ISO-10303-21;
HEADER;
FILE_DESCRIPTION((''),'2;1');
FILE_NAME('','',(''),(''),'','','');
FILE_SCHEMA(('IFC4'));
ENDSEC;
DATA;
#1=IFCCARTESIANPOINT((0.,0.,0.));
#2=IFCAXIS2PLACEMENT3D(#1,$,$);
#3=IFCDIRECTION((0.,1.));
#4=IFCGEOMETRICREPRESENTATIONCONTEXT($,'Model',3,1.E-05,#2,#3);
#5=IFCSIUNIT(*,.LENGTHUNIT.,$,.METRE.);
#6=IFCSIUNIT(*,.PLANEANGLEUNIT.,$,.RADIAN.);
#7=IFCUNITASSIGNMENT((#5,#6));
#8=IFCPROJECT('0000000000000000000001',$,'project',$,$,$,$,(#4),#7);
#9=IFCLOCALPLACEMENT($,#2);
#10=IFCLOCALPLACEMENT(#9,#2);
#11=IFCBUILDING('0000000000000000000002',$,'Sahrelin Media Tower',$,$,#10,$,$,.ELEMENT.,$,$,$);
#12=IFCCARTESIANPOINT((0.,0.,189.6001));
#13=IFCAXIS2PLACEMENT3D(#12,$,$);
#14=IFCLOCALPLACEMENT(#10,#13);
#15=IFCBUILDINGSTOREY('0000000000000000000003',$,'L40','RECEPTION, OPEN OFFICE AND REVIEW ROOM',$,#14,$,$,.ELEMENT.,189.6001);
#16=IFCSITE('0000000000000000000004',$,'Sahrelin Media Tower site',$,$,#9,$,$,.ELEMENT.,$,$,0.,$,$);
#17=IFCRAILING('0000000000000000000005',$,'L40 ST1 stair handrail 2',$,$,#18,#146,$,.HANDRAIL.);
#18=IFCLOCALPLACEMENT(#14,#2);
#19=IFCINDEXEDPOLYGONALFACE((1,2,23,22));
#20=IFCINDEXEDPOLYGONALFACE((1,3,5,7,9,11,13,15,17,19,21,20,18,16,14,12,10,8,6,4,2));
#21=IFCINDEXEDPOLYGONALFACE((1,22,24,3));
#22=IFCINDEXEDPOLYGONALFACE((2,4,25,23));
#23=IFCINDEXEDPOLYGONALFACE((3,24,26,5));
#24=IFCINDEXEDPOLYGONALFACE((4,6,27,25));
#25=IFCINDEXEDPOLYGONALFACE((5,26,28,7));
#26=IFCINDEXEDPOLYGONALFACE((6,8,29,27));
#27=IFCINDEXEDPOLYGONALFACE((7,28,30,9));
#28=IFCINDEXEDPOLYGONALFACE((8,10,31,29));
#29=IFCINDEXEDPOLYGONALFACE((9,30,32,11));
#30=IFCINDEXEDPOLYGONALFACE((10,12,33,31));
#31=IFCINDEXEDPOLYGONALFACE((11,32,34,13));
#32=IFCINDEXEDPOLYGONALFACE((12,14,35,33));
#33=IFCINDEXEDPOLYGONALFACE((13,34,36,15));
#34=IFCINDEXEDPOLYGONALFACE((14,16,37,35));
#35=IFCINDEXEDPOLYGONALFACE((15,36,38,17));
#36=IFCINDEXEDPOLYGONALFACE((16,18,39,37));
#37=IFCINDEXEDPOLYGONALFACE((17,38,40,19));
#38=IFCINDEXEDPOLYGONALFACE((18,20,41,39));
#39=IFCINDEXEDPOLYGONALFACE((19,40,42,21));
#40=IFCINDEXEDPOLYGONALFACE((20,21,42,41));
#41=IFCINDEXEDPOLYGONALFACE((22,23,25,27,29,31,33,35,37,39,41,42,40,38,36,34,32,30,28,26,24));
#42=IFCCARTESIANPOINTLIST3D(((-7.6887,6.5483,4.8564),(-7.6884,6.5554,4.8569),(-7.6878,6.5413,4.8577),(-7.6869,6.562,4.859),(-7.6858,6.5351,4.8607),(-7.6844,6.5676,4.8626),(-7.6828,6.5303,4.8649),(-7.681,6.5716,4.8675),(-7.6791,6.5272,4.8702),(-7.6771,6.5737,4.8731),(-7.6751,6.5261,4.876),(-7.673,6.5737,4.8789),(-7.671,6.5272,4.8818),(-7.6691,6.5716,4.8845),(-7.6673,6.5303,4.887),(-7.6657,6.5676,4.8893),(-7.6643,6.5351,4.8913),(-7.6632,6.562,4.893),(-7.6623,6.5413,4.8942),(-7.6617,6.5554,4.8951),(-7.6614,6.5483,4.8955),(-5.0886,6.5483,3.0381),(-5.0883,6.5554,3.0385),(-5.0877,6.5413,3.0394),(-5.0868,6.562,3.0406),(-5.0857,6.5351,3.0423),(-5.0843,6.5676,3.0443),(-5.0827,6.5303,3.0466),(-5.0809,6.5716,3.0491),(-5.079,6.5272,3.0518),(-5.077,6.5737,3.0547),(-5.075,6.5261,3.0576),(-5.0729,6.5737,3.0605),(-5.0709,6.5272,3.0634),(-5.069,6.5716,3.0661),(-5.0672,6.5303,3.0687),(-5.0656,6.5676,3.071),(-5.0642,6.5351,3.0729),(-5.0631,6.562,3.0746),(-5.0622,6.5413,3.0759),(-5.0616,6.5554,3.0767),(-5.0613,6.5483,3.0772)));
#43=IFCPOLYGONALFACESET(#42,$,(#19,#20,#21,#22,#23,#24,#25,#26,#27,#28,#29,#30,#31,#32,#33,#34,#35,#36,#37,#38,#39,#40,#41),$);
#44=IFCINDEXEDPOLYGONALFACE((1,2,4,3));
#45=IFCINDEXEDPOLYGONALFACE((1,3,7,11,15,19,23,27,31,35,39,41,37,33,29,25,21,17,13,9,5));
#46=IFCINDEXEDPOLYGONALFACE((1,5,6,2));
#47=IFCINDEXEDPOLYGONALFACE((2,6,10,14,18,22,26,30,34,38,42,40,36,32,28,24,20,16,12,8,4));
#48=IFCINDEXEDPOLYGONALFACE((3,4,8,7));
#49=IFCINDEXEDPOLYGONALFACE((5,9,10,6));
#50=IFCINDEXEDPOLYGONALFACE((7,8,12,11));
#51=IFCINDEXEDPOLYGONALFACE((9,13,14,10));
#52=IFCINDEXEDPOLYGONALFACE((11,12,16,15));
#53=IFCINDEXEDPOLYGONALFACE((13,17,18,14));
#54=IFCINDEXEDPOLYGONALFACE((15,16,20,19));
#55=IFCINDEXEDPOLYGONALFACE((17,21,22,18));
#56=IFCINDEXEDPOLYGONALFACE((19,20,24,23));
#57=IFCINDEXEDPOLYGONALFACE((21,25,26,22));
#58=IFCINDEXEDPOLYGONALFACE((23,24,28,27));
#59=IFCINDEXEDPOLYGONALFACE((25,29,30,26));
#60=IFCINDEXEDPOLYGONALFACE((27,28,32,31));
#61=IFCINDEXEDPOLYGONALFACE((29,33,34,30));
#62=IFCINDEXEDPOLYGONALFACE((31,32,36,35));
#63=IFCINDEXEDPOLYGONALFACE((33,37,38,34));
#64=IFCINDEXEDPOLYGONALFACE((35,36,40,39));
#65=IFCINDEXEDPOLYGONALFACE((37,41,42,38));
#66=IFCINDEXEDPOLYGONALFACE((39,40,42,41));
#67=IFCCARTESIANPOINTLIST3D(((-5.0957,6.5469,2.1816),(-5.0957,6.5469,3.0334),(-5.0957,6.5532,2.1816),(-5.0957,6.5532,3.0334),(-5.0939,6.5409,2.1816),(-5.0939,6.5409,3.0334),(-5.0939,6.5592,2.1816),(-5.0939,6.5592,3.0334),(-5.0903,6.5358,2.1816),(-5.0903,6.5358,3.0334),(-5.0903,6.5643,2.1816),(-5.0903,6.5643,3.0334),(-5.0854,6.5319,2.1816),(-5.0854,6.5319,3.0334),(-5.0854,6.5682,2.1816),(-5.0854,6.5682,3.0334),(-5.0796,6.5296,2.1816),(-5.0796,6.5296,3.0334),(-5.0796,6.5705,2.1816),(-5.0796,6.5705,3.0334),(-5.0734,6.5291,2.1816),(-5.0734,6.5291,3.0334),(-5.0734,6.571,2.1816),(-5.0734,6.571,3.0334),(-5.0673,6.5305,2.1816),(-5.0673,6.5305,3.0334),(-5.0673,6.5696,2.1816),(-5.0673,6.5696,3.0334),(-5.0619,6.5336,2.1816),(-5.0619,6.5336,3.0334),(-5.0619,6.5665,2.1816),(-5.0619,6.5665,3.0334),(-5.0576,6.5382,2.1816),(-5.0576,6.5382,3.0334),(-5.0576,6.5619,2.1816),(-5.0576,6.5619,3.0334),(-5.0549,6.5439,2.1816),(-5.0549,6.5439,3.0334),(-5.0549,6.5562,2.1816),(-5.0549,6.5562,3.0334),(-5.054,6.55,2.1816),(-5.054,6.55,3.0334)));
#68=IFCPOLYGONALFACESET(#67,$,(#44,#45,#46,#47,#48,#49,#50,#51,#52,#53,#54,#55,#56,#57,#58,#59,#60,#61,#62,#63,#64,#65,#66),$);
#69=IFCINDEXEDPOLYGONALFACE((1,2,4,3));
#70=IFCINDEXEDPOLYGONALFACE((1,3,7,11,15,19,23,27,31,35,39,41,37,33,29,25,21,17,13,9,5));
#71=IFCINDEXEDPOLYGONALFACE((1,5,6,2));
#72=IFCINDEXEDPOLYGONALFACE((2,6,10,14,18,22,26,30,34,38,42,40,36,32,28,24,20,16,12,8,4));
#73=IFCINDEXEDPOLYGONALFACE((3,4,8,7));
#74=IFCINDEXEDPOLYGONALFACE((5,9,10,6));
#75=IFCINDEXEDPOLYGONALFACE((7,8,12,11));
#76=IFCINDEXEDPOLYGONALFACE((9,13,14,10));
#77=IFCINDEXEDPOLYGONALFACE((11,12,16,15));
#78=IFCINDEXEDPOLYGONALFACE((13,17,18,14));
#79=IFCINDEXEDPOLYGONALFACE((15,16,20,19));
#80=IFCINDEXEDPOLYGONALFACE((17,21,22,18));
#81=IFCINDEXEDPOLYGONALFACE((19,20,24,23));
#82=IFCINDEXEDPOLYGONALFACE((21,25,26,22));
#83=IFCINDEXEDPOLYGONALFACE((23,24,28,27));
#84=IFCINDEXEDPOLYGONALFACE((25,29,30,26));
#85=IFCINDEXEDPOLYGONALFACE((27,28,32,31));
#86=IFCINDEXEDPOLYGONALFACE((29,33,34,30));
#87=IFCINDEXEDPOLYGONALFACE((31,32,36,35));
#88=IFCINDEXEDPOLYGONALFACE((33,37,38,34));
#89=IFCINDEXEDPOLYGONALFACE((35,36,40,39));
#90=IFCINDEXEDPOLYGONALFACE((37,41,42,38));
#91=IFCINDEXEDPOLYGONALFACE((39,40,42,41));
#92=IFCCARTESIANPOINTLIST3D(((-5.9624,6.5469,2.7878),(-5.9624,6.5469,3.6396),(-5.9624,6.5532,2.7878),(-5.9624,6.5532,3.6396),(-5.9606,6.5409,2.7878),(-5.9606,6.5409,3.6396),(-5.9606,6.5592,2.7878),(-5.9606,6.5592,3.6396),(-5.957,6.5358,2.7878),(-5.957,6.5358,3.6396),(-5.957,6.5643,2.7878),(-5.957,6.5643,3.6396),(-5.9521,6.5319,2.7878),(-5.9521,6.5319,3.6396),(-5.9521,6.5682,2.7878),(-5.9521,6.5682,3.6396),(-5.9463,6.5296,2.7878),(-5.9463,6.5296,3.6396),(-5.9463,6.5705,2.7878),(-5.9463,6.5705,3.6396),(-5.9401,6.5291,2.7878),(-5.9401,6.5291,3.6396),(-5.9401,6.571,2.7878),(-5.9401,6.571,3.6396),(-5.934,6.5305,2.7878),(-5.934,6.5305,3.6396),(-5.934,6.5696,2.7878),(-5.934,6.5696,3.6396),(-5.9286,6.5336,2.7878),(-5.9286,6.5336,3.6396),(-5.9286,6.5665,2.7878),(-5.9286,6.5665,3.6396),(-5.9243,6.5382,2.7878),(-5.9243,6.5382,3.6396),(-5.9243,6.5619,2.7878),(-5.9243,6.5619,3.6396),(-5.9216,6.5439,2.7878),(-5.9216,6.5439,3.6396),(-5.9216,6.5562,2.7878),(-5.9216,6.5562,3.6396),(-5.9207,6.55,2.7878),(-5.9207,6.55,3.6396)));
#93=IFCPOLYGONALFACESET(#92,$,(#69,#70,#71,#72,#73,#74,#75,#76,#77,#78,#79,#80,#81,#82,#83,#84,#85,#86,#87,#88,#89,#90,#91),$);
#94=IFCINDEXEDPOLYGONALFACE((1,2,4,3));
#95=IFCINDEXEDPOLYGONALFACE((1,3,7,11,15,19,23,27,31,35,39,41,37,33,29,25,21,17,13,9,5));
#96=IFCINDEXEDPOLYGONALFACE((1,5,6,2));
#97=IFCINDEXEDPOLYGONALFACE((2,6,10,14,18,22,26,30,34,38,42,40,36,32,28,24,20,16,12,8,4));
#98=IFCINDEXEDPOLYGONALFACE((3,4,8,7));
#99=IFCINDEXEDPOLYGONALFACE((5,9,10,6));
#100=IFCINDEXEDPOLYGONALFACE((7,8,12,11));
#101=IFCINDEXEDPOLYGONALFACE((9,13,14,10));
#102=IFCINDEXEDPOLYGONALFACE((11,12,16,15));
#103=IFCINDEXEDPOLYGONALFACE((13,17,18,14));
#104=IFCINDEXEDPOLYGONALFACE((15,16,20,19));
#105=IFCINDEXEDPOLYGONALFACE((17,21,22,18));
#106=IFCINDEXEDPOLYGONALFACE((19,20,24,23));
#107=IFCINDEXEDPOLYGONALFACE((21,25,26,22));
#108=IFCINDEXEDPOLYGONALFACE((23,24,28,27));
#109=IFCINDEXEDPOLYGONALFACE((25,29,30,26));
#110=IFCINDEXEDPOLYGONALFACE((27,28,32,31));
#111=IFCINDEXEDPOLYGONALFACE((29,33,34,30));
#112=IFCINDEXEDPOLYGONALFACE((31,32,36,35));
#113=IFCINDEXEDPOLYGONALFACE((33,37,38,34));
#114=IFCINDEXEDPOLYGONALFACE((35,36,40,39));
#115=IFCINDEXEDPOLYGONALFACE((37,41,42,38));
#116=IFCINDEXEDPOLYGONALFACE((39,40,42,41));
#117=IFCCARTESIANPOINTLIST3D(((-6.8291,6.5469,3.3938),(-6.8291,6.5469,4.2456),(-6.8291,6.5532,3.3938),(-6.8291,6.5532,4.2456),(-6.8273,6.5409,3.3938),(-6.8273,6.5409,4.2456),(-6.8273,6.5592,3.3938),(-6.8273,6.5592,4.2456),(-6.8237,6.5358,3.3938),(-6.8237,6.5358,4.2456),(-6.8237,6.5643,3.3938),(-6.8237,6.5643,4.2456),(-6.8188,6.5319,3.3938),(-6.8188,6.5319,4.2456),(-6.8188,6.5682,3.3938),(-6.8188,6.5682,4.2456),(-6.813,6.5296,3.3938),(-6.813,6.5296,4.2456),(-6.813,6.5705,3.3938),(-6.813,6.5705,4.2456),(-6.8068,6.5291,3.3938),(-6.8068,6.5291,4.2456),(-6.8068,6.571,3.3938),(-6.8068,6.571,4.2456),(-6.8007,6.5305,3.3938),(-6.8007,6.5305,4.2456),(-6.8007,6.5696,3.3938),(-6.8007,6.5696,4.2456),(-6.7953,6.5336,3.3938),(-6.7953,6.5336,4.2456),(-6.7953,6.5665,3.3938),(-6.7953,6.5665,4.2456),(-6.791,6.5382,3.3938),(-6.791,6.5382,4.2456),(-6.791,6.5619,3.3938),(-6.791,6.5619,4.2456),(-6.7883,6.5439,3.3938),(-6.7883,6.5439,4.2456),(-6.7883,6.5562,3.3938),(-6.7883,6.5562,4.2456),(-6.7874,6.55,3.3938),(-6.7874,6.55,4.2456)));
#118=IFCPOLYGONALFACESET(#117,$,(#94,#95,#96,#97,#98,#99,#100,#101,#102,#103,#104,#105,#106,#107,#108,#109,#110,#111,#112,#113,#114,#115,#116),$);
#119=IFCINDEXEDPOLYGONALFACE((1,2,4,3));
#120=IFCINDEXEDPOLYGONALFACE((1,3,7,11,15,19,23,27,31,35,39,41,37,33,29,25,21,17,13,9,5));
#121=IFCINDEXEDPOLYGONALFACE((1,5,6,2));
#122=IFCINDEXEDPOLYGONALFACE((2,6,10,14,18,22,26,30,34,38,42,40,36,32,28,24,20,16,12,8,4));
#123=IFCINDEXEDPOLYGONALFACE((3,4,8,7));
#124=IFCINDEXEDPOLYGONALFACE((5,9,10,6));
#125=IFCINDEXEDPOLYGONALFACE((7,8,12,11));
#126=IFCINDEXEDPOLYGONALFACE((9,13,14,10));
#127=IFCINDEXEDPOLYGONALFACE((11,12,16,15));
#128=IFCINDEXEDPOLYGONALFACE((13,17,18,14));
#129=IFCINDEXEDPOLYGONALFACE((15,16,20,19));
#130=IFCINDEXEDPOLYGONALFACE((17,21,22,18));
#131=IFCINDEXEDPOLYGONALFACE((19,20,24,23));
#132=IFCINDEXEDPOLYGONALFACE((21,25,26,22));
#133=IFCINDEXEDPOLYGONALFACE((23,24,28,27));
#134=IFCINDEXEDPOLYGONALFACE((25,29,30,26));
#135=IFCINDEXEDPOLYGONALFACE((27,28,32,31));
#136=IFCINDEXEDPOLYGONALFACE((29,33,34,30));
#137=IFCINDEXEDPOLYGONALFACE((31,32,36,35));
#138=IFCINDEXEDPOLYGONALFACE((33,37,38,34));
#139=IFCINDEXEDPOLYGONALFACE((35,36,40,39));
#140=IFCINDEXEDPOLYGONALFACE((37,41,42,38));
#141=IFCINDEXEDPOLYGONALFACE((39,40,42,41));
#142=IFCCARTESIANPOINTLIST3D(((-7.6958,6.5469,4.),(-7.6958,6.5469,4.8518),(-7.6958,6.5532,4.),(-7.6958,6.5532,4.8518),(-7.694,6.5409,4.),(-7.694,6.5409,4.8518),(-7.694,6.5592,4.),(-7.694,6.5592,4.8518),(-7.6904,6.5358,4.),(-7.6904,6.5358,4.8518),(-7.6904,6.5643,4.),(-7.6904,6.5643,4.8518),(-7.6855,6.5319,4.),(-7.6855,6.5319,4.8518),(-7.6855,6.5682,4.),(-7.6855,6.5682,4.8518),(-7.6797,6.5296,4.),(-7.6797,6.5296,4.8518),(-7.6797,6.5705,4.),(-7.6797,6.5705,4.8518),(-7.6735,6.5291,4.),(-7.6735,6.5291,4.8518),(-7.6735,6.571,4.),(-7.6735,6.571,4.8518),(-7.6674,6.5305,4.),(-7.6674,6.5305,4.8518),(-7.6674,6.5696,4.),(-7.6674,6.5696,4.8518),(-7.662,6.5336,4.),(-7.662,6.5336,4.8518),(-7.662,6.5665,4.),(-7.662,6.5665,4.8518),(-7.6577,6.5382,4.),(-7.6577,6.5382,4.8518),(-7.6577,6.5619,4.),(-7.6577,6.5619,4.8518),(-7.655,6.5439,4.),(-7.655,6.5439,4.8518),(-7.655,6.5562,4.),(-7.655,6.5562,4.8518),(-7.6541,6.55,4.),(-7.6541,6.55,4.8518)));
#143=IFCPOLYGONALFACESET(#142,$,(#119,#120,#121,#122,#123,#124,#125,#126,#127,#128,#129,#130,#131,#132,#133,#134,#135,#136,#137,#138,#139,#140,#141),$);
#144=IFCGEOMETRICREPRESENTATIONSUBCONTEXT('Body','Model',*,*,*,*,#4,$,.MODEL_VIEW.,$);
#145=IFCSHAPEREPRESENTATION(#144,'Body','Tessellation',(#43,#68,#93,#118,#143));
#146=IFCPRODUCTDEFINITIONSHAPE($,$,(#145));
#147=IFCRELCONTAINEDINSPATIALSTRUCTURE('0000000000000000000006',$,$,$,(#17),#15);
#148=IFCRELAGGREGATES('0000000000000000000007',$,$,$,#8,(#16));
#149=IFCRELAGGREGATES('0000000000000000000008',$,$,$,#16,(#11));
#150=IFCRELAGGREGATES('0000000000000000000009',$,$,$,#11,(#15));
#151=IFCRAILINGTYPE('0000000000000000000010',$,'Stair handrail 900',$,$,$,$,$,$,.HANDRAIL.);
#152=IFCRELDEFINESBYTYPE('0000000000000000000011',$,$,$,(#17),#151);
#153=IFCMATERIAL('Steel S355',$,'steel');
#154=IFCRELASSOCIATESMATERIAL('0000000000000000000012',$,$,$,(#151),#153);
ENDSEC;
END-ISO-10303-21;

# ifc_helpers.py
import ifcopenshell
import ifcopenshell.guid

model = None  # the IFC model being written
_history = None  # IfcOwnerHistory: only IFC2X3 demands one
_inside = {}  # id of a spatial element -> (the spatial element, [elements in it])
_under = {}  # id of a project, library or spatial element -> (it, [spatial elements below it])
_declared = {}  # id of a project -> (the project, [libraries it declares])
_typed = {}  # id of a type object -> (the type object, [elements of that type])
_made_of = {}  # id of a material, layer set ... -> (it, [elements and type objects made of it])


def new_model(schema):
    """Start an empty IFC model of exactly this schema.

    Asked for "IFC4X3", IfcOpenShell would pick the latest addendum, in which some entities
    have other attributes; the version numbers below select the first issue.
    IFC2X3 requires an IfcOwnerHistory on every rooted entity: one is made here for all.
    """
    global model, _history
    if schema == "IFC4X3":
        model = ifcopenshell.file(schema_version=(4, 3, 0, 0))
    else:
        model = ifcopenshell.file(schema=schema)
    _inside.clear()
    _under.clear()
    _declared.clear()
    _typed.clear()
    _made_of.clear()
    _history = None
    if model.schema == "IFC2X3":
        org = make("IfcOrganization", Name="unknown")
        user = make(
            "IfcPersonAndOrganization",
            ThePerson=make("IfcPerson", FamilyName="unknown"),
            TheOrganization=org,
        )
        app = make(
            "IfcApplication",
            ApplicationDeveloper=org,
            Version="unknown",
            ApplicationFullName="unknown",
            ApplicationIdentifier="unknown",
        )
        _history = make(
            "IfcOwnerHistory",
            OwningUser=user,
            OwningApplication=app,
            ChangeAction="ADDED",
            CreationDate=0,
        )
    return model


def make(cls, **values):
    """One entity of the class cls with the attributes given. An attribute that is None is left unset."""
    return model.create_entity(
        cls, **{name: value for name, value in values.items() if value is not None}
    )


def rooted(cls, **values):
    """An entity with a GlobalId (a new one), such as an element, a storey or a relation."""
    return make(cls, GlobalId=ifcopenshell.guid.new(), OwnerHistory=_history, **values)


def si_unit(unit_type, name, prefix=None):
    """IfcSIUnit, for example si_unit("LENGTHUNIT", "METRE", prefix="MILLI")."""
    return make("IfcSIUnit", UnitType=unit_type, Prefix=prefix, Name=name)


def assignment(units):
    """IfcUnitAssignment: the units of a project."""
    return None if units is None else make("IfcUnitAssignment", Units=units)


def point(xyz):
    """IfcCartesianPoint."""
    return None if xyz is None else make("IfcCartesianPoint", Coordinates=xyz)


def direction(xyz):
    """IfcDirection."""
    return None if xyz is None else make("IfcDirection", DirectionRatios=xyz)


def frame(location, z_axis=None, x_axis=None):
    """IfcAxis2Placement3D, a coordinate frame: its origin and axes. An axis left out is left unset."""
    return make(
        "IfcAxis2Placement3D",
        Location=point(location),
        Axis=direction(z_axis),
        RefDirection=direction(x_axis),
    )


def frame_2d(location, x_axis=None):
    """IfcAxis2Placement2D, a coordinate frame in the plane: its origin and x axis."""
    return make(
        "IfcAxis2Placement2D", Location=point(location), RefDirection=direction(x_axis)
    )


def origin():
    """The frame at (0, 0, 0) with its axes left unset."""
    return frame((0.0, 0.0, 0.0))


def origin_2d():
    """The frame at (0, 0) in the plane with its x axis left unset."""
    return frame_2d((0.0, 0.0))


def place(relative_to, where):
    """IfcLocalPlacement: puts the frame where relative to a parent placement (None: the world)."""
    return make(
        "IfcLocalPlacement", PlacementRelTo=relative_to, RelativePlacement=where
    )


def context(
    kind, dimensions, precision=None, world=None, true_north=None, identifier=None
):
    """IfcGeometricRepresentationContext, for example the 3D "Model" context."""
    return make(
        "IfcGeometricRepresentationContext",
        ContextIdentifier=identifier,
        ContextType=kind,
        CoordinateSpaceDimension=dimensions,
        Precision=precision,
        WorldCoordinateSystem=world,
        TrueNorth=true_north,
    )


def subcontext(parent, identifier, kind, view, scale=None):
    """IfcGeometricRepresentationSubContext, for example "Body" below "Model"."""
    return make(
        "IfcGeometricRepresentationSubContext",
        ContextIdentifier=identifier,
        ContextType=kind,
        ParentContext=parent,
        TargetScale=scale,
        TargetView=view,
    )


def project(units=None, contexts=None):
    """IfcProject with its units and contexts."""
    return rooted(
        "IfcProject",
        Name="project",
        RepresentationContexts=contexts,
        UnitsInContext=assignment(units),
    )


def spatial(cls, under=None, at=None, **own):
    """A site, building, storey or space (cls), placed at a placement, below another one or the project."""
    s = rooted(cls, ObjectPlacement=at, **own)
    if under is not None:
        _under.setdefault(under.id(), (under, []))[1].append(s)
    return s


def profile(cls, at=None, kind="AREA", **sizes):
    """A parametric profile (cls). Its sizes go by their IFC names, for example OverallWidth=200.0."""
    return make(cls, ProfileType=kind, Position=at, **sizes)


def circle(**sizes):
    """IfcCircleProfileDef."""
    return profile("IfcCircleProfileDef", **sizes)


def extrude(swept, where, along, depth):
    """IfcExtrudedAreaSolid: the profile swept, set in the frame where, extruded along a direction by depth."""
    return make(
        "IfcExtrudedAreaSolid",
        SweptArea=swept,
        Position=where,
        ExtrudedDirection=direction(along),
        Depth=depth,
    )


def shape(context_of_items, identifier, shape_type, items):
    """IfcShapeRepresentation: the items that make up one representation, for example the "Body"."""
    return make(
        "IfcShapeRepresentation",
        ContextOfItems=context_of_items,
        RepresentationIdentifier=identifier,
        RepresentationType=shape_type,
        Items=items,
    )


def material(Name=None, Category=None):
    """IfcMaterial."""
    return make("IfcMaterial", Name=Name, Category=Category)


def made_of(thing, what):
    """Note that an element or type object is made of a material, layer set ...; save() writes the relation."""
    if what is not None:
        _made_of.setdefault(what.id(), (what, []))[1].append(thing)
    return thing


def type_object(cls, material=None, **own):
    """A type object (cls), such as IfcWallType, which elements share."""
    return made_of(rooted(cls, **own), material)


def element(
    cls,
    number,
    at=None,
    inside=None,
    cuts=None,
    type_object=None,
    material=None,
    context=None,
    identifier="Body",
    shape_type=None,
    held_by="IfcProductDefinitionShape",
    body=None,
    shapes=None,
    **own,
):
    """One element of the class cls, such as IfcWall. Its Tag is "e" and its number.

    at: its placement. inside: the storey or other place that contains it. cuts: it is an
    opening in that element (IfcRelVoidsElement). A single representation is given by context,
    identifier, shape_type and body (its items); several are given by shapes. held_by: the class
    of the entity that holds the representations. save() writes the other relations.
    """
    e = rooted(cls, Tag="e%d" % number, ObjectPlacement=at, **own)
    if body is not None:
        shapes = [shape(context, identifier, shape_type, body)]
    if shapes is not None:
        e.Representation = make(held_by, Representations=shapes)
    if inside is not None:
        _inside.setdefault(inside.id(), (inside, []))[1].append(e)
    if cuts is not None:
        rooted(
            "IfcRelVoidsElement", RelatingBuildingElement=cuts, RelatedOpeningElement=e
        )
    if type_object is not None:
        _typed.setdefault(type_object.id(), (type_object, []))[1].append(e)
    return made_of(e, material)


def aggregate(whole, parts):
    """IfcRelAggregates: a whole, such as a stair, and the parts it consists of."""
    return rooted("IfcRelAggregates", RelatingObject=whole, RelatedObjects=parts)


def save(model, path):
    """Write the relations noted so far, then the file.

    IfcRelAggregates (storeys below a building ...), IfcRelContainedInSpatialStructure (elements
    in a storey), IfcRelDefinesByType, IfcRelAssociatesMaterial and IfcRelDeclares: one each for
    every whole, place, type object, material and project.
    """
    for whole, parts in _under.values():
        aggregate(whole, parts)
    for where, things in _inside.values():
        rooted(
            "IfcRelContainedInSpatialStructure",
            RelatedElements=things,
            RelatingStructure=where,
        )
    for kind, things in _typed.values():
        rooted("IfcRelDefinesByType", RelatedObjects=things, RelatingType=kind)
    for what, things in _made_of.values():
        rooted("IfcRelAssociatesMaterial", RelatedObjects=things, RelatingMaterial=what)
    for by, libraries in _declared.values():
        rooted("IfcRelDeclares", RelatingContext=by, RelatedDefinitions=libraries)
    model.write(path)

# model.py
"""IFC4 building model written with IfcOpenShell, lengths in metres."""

from ifc_helpers import new_model, si_unit, direction, frame, origin, origin_2d, place, context, subcontext, project, spatial, circle, extrude, material, type_object, element, save


model = new_model("IFC4")

# Units and contexts
model_context = context("Model", 3, precision=1e-05, world=origin(), true_north=direction((0.0, 1.0)))
body_context = subcontext(model_context, "Body", "Model", "MODEL_VIEW")
ifc_project = project(units=[si_unit("LENGTHUNIT", "METRE"), si_unit("PLANEANGLEUNIT", "RADIAN")], contexts=[model_context])

# Site, building, storey
site_placement = place(None, origin())
site = spatial("IfcSite", under=ifc_project, at=site_placement, Name="Sahrelin Media Tower site", CompositionType="ELEMENT", RefElevation=0.0)
building_placement = place(site_placement, origin())
building = spatial("IfcBuilding", under=site, at=building_placement, Name="Sahrelin Media Tower", CompositionType="ELEMENT")
storey_placement = place(building_placement, frame((0.0, 0.0, 189.6001)))
storey = spatial("IfcBuildingStorey", under=building, at=storey_placement, Name="L40", Description="RECEPTION, OPEN OFFICE AND REVIEW ROOM", CompositionType="ELEMENT", Elevation=189.6001)

# Shared definitions
ifc_material_1 = material(Name="Steel S355", Category="steel")

# Railing
railing_type_1 = type_object("IfcRailingType", Name="Stair handrail 900", PredefinedType="HANDRAIL", material=ifc_material_1)
railing_1_placement = place(storey_placement, frame((-5.075, 6.55, 2.1816)))
element("IfcRailing", 1, at=railing_1_placement, inside=storey, type_object=railing_type_1, Name="L40 ST1 stair handrail 2", PredefinedType="HANDRAIL", context=body_context, shape_type="SweptSolid", body=[
    extrude(circle(Radius=0.0239, at=origin_2d()), frame((0.0, 0.0, 0.876), z_axis=(-0.819485, 0.0, 0.573101), x_axis=(0.0, -1.0, 0.0)), (0.0, 0.0, 1.0), 3.1729),
    extrude(circle(Radius=0.021, at=origin_2d()), origin(), (0.0, 0.0, 1.0), 0.8518),
    extrude(circle(Radius=0.021, at=origin_2d()), frame((-0.8667, 0.0, 0.6062)), (0.0, 0.0, 1.0), 0.8518),
    extrude(circle(Radius=0.021, at=origin_2d()), frame((-1.7334, 0.0, 1.2122)), (0.0, 0.0, 1.0), 0.8518),
    extrude(circle(Radius=0.021, at=origin_2d()), frame((-2.6001, 0.0, 1.8184)), (0.0, 0.0, 1.0), 0.8518),
])

save(model, "model.ifc")
